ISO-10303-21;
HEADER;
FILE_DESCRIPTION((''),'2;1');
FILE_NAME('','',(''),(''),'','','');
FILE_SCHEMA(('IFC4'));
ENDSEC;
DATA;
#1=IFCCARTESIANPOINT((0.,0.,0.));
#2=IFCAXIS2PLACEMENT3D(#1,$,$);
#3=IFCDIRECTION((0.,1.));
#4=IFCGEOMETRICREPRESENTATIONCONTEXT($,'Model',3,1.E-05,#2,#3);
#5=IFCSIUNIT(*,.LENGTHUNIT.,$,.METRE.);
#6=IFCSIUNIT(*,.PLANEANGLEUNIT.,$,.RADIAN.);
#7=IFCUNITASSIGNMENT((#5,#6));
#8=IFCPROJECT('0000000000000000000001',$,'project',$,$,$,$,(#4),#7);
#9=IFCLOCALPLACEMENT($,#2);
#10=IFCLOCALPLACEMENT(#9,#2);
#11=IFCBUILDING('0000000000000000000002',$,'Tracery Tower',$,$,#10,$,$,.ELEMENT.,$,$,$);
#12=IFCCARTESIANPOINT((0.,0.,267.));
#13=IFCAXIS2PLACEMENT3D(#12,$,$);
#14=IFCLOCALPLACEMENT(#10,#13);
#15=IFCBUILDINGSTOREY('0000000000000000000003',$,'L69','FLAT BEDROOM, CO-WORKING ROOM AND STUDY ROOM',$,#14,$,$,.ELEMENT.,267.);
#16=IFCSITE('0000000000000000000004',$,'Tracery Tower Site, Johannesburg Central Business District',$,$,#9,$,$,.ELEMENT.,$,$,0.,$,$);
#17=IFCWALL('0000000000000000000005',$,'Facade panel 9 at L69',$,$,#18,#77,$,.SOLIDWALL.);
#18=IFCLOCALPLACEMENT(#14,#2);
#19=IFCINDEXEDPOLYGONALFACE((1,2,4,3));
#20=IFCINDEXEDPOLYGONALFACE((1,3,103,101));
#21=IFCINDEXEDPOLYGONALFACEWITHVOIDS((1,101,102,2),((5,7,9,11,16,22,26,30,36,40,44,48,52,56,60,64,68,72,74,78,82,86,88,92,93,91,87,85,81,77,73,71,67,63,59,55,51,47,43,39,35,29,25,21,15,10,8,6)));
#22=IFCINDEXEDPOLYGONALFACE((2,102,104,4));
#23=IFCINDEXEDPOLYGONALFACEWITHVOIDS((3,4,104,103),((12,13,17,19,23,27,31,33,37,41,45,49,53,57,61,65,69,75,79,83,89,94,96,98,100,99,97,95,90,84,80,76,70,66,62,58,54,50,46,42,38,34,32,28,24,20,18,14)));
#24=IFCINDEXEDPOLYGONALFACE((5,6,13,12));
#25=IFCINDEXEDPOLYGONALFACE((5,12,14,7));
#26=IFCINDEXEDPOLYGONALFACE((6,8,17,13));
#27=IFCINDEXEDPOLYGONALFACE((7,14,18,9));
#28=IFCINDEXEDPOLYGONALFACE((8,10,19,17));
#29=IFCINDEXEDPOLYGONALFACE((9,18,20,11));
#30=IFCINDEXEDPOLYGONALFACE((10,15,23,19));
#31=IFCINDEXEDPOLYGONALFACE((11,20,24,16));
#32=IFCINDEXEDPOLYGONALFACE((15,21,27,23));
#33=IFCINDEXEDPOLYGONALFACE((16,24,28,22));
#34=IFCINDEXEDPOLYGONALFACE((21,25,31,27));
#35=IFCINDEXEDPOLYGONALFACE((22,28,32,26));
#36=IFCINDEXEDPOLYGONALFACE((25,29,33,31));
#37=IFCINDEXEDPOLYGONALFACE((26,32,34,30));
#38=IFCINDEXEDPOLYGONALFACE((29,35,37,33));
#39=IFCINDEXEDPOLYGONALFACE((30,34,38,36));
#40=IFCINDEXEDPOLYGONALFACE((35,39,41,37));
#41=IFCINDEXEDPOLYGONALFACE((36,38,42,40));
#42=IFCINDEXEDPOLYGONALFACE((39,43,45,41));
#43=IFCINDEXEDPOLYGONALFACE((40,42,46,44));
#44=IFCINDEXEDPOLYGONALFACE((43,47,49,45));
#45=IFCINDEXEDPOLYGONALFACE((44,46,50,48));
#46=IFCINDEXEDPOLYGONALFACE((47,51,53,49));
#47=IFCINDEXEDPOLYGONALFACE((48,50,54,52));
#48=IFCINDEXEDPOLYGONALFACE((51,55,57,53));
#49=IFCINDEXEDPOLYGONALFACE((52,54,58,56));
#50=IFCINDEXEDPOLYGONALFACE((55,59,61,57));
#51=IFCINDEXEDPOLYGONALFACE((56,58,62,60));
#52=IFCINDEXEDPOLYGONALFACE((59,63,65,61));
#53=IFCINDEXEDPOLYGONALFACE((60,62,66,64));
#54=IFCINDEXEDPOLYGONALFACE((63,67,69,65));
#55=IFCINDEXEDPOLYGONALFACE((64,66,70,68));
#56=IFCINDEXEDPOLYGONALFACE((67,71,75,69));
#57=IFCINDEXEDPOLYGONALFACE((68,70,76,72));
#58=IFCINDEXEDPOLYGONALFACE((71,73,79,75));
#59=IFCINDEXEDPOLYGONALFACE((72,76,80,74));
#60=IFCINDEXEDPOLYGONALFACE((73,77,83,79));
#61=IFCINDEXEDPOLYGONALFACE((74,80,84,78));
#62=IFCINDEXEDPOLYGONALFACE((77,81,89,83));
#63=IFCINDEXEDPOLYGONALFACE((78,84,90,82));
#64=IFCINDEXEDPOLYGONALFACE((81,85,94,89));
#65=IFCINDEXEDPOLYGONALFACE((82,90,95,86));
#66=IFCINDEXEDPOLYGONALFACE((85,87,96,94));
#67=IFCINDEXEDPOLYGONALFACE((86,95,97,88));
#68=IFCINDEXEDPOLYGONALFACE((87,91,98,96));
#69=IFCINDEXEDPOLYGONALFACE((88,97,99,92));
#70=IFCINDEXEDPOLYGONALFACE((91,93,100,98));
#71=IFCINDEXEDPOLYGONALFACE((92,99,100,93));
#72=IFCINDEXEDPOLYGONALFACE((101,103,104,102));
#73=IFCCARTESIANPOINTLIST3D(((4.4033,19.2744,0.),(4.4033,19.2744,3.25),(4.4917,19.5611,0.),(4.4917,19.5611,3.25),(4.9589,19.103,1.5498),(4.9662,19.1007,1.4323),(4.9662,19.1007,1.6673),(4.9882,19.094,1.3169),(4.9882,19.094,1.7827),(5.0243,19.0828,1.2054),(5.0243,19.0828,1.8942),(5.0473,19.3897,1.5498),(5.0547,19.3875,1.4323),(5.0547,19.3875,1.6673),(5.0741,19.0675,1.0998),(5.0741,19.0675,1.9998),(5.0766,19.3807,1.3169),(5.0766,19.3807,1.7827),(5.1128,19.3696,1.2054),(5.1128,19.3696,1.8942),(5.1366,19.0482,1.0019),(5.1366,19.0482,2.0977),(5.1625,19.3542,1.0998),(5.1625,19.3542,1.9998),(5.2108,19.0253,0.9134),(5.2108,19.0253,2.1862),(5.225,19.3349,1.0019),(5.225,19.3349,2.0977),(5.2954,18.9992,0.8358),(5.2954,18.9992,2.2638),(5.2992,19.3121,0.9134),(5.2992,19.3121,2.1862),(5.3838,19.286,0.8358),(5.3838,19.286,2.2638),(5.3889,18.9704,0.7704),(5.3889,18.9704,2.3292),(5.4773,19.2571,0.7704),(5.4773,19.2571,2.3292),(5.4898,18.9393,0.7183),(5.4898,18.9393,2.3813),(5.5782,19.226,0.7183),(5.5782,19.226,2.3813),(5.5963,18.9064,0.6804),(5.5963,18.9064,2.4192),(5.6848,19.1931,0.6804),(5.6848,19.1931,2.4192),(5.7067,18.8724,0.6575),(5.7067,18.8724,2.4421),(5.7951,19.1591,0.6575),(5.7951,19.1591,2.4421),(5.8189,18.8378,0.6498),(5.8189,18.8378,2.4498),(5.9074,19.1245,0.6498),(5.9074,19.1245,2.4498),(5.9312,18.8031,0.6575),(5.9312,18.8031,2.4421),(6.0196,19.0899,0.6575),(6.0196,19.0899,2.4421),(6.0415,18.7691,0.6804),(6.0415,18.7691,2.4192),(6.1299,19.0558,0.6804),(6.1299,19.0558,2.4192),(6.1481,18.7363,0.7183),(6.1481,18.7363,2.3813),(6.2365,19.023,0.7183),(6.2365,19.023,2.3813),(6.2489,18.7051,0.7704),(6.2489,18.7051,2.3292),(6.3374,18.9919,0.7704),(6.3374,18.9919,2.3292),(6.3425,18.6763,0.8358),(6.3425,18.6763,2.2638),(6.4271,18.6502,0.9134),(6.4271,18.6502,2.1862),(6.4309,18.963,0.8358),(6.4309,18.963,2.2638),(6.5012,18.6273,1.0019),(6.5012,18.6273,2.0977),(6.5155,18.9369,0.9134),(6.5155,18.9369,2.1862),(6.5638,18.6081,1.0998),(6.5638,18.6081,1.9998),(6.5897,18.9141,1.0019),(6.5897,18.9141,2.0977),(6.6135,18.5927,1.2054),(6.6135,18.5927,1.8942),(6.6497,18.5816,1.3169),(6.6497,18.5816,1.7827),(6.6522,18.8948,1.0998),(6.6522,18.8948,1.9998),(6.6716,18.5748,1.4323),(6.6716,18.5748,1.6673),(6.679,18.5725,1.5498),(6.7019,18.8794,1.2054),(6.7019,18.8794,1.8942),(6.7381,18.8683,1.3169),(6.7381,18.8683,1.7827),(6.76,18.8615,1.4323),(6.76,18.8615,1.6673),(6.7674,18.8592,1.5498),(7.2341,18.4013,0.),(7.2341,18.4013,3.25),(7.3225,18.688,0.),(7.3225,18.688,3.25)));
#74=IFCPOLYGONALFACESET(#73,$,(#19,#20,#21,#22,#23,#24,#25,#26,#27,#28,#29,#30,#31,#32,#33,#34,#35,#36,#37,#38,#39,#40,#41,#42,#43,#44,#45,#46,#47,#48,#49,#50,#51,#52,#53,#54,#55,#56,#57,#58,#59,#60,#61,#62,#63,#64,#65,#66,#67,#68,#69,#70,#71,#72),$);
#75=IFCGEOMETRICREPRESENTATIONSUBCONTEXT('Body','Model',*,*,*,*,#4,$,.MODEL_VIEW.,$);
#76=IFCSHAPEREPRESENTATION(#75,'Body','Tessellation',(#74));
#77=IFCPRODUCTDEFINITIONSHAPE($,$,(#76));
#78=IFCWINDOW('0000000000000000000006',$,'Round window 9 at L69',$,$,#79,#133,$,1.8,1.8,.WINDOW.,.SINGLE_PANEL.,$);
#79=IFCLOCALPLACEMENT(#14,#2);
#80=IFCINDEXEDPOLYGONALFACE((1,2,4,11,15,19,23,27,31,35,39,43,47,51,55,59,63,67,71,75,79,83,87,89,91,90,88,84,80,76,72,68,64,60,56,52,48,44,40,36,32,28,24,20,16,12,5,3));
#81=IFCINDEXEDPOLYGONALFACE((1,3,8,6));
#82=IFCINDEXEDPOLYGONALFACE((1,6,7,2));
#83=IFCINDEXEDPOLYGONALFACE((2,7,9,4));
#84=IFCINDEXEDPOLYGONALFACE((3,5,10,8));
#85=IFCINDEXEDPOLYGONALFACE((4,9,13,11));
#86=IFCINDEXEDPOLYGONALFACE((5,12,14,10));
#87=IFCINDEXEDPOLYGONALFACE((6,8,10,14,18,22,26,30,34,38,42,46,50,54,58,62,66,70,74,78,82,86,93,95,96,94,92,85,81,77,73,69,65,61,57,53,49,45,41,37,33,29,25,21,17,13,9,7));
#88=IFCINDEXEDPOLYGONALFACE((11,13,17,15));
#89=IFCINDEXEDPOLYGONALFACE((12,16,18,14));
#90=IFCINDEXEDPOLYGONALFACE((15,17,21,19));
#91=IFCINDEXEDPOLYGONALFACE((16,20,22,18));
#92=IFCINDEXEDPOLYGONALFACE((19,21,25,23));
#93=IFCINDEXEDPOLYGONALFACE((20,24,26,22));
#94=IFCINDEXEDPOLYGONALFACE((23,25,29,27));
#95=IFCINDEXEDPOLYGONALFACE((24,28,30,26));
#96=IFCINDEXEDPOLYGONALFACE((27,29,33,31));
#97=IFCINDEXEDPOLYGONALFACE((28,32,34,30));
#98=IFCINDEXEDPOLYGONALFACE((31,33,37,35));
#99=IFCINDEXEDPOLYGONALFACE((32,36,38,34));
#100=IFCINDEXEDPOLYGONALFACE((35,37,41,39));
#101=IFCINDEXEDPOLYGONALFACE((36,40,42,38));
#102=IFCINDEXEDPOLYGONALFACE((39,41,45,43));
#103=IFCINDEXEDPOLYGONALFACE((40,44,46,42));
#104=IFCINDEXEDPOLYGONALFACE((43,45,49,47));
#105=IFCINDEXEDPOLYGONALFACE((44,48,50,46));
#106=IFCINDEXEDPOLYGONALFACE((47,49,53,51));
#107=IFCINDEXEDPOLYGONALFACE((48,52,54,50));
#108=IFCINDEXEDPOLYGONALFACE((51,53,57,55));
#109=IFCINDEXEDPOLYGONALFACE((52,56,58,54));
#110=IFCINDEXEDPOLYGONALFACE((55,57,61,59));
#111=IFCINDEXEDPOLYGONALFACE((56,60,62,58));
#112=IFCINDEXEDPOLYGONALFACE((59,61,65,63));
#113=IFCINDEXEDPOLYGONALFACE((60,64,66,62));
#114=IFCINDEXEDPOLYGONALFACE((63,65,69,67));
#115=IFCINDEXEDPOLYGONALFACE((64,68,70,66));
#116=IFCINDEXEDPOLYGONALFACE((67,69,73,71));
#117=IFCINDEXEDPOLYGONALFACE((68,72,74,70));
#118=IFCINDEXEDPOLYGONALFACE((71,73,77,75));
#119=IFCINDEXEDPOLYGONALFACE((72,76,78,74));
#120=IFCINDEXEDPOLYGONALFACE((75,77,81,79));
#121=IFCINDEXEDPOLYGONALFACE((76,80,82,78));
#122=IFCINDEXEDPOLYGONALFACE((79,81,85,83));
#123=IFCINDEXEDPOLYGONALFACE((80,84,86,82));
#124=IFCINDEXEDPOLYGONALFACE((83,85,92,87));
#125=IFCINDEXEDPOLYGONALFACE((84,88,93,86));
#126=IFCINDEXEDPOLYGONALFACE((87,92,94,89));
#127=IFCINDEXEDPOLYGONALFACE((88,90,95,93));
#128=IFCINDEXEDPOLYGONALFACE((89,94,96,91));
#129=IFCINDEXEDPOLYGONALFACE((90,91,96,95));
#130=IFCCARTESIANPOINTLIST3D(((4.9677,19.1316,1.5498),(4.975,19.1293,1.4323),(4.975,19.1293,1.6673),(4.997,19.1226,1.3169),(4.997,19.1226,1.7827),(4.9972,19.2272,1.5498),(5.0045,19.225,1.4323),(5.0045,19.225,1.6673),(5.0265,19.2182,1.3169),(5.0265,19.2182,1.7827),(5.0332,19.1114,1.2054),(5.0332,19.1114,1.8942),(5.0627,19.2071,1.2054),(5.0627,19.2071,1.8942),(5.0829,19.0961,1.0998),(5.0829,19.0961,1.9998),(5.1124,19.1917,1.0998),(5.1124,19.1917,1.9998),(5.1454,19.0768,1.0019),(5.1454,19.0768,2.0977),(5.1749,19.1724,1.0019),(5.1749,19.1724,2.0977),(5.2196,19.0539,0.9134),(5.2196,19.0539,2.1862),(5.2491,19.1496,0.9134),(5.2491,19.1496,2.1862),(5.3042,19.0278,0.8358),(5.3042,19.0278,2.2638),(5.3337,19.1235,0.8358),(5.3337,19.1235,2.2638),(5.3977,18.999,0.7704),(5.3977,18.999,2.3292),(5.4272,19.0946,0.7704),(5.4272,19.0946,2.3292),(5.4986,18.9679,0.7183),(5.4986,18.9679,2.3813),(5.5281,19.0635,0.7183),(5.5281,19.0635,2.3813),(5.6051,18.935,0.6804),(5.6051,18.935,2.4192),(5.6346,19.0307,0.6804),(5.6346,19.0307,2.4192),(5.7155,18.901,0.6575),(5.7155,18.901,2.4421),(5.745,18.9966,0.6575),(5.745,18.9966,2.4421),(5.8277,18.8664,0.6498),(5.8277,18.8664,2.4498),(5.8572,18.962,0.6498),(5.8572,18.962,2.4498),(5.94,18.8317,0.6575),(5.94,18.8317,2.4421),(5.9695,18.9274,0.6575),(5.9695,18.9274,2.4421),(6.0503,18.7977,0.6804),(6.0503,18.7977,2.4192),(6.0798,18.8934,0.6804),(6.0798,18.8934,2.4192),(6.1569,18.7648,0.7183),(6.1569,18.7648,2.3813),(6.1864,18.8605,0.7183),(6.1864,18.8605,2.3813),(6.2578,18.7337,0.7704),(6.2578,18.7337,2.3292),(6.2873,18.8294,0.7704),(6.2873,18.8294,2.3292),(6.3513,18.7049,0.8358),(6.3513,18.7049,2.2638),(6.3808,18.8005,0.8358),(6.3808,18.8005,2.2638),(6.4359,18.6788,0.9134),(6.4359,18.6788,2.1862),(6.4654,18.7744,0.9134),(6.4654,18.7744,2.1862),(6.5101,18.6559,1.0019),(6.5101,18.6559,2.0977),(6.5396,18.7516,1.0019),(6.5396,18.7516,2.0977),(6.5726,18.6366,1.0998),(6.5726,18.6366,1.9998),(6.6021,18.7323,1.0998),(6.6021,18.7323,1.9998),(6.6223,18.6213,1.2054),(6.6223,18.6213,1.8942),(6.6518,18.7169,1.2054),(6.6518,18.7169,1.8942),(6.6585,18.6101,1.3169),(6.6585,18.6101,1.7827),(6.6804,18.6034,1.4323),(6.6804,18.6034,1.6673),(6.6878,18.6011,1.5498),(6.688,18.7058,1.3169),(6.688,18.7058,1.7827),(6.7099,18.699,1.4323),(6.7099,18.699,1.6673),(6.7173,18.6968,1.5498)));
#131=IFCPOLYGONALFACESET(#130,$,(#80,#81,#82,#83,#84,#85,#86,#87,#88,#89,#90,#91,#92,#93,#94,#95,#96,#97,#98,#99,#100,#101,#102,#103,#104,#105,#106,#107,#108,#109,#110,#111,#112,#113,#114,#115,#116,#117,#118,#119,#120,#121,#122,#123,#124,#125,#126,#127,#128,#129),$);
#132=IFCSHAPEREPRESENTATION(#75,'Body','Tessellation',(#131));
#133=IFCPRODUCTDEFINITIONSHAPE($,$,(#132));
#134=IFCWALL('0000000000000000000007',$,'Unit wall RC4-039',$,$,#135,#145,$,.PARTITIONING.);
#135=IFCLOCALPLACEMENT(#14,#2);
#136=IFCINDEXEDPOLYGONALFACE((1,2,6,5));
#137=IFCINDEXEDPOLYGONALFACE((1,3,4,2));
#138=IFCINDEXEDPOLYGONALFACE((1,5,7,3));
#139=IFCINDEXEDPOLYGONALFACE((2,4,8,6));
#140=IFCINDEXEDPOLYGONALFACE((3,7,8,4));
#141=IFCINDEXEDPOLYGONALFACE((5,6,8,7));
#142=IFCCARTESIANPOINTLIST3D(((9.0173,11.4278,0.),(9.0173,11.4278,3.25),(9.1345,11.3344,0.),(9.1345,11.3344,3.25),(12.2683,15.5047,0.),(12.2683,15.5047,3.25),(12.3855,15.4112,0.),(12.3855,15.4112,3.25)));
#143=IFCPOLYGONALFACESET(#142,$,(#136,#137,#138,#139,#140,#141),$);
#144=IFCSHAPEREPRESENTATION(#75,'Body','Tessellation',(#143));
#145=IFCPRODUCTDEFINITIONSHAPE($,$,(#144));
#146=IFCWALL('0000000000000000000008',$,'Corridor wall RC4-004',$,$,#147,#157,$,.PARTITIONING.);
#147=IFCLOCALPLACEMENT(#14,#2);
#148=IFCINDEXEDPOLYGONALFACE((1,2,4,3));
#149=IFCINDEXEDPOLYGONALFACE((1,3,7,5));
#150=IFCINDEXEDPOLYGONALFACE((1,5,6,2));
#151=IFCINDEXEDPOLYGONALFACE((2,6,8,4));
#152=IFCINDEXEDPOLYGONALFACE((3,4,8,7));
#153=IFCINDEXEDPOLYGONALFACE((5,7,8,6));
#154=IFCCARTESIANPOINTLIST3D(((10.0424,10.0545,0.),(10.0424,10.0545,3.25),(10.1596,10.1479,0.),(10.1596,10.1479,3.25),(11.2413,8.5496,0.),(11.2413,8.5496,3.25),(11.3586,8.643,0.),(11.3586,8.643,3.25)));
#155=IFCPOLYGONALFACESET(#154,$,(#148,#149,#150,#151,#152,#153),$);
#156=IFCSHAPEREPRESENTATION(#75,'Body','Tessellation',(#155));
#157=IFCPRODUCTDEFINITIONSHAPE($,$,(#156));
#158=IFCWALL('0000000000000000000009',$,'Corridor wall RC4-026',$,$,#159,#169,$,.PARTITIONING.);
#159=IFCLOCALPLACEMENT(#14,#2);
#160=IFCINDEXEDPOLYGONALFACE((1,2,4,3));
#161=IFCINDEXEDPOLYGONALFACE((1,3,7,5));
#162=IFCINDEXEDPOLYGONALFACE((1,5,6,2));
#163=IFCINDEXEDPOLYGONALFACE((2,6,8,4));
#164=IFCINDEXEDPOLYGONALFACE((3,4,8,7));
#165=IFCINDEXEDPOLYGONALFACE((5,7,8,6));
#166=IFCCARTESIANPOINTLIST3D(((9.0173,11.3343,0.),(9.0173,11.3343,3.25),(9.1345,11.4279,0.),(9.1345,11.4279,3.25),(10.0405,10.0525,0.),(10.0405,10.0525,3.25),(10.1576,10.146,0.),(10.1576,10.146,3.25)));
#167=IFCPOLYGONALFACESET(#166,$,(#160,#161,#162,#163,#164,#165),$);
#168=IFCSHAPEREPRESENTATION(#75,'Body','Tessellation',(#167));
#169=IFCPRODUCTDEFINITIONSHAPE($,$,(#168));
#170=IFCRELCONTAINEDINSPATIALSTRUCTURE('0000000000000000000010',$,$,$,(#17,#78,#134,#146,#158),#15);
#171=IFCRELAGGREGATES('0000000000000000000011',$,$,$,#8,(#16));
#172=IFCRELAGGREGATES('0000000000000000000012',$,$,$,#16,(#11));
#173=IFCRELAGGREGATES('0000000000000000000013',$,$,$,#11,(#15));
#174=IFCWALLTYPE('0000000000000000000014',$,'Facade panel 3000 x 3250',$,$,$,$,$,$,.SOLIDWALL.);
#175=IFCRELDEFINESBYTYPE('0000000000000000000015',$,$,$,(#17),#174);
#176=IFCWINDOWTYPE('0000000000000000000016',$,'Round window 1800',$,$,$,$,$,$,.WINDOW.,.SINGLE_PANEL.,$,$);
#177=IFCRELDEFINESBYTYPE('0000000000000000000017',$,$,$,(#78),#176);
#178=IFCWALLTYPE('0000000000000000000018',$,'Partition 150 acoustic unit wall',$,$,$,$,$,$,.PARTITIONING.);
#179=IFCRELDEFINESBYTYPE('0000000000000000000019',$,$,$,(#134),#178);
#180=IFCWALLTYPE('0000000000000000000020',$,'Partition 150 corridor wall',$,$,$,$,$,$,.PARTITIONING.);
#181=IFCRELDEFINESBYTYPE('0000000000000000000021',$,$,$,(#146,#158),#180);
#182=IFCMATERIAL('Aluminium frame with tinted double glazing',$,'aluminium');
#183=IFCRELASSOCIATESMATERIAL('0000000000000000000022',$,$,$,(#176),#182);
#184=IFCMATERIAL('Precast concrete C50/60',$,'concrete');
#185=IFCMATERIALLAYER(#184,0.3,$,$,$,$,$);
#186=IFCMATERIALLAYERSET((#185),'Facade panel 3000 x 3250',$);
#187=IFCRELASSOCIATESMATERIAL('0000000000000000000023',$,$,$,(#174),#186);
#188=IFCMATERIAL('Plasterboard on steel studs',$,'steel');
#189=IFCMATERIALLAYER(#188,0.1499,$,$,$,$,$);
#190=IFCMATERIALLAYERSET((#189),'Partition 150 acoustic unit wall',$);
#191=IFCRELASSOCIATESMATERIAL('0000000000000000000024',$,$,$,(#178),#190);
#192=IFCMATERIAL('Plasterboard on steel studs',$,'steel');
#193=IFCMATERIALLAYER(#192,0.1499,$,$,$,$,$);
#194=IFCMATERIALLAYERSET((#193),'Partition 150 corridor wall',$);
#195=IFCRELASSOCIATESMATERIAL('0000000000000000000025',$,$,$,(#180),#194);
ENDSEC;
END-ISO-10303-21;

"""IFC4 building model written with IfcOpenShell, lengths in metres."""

from ifc_helpers import new_model, si_unit, direction, frame, frame_2d, origin, origin_2d, place, context, subcontext, project, spatial, rectangle, circle, extrude, material, layer, layer_set, type_object, element, fill, save


model = new_model("IFC4")

# Units and contexts
model_context = context("Model", 3, precision=1e-05, world=origin(), true_north=direction((0.0, 1.0)))
body_context = subcontext(model_context, "Body", "Model", "MODEL_VIEW")
ifc_project = project(units=[si_unit("LENGTHUNIT", "METRE"), si_unit("PLANEANGLEUNIT", "RADIAN")], contexts=[model_context])

# Site, building, storey
site_placement = place(None, origin())
site = spatial("IfcSite", under=ifc_project, at=site_placement, Name="Tracery Tower Site, Johannesburg Central Business District", CompositionType="ELEMENT", RefElevation=0.0)
building_placement = place(site_placement, origin())
building = spatial("IfcBuilding", under=site, at=building_placement, Name="Tracery Tower", CompositionType="ELEMENT")
storey_placement = place(building_placement, frame((0.0, 0.0, 267.0)))
storey = spatial("IfcBuildingStorey", under=building, at=storey_placement, Name="L69", Description="FLAT BEDROOM, CO-WORKING ROOM AND STUDY ROOM", CompositionType="ELEMENT", Elevation=267.0)

# Wall, opening, window
ifc_material_1 = material(Name="Aluminium frame with tinted double glazing", Category="aluminium")
window_type = type_object("IfcWindowType", Name="Round window 1800", PartitioningType="SINGLE_PANEL", PredefinedType="WINDOW", material=ifc_material_1)
ifc_material_2 = material(Name="Precast concrete C50/60", Category="concrete")
ifc_layer_1 = layer(ifc_material_2, 0.3)
ifc_layer_set_1 = layer_set([ifc_layer_1], Name="Facade panel 3000 x 3250")
wall_type_1 = type_object("IfcWallType", Name="Facade panel 3000 x 3250", PredefinedType="SOLIDWALL", material=ifc_layer_set_1)
wall_1_placement = place(storey_placement, frame((7.2783, 18.5447, 0.0), z_axis=(0.0, 0.0, 1.0), x_axis=(-0.955586, 0.294711, 0.0)))
wall_1 = element("IfcWall", 1, at=wall_1_placement, inside=storey, type_object=wall_type_1, Name="Facade panel 9 at L69", PredefinedType="SOLIDWALL", context=body_context, shape_type="SweptSolid", body=[
    extrude(rectangle(XDim=2.9624, YDim=0.3, at=frame_2d((1.4812, 0.0))), origin(), (0.0, 0.0, 1.0), 3.25),
])
opening_1_placement = place(wall_1_placement, frame((1.481, 0.0, 1.5498)))
opening_1 = element("IfcOpeningElement", 2, at=opening_1_placement, cuts=wall_1, PredefinedType="OPENING", context=body_context, shape_type="SweptSolid", body=[
    extrude(circle(Radius=0.9, at=origin_2d()), frame((0.0, 0.1599, 0.0), z_axis=(0.0, -1.0, 0.0), x_axis=(1.0, 0.0, 0.0)), (0.0, 0.0, 1.0), 0.3201),
])
window_1_placement = place(opening_1_placement, origin())
window_1 = element("IfcWindow", 3, at=window_1_placement, inside=storey, type_object=window_type, Name="Round window 9 at L69", OverallHeight=1.8, OverallWidth=1.8, PartitioningType="SINGLE_PANEL", PredefinedType="WINDOW", context=body_context, shape_type="SweptSolid", body=[
    extrude(circle(Radius=0.9, at=origin_2d()), frame((0.0, 0.1201, 0.0), z_axis=(0.0, -1.0, 0.0), x_axis=(1.0, 0.0, 0.0)), (0.0, 0.0, 1.0), 0.1001),
])
fill(opening_1, window_1)

# Walls
ifc_material_3 = material(Name="Plasterboard on steel studs", Category="steel")
ifc_layer_2 = layer(ifc_material_3, 0.1499)
ifc_layer_set_2 = layer_set([ifc_layer_2], Name="Partition 150 acoustic unit wall")
wall_type_2 = type_object("IfcWallType", Name="Partition 150 acoustic unit wall", PredefinedType="PARTITIONING", material=ifc_layer_set_2)
wall_2_placement = place(storey_placement, frame((9.0759, 11.3811, 0.0), z_axis=(0.0, 0.0, 1.0), x_axis=(0.623461, 0.781854, 0.0)))
element("IfcWall", 4, at=wall_2_placement, inside=storey, type_object=wall_type_2, Name="Unit wall RC4-039", PredefinedType="PARTITIONING", context=body_context, shape_type="SweptSolid", body=[
    extrude(rectangle(XDim=5.2144, YDim=0.1499, at=frame_2d((2.6072, 0.0))), origin(), (0.0, 0.0, 1.0), 3.25),
])
ifc_material_4 = material(Name="Plasterboard on steel studs", Category="steel")
ifc_layer_3 = layer(ifc_material_4, 0.1499)
ifc_layer_set_3 = layer_set([ifc_layer_3], Name="Partition 150 corridor wall")
wall_type_3 = type_object("IfcWallType", Name="Partition 150 corridor wall", PredefinedType="PARTITIONING", material=ifc_layer_set_3)
wall_3_placement = place(storey_placement, frame((10.1011, 10.1011, 0.0), z_axis=(0.0, 0.0, 1.0), x_axis=(0.623131, -0.782118, 0.0)))
element("IfcWall", 5, at=wall_3_placement, inside=storey, type_object=wall_type_3, Name="Corridor wall RC4-004", PredefinedType="PARTITIONING", context=body_context, shape_type="SweptSolid", body=[
    extrude(rectangle(XDim=1.9241, YDim=0.1499, at=frame_2d((0.9619, 0.0))), origin(), (0.0, 0.0, 1.0), 3.25),
])
wall_4_placement = place(storey_placement, frame((9.0759, 11.3811, 0.0), z_axis=(0.0, 0.0, 1.0), x_axis=(0.623805, -0.78158, 0.0)))
element("IfcWall", 6, at=wall_4_placement, inside=storey, type_object=wall_type_3, Name="Corridor wall RC4-026", PredefinedType="PARTITIONING", context=body_context, shape_type="SweptSolid", body=[
    extrude(rectangle(XDim=1.6401, YDim=0.1499, at=frame_2d((0.8201, 0.0))), origin(), (0.0, 0.0, 1.0), 3.25),
])

save(model, "model.ifc")
